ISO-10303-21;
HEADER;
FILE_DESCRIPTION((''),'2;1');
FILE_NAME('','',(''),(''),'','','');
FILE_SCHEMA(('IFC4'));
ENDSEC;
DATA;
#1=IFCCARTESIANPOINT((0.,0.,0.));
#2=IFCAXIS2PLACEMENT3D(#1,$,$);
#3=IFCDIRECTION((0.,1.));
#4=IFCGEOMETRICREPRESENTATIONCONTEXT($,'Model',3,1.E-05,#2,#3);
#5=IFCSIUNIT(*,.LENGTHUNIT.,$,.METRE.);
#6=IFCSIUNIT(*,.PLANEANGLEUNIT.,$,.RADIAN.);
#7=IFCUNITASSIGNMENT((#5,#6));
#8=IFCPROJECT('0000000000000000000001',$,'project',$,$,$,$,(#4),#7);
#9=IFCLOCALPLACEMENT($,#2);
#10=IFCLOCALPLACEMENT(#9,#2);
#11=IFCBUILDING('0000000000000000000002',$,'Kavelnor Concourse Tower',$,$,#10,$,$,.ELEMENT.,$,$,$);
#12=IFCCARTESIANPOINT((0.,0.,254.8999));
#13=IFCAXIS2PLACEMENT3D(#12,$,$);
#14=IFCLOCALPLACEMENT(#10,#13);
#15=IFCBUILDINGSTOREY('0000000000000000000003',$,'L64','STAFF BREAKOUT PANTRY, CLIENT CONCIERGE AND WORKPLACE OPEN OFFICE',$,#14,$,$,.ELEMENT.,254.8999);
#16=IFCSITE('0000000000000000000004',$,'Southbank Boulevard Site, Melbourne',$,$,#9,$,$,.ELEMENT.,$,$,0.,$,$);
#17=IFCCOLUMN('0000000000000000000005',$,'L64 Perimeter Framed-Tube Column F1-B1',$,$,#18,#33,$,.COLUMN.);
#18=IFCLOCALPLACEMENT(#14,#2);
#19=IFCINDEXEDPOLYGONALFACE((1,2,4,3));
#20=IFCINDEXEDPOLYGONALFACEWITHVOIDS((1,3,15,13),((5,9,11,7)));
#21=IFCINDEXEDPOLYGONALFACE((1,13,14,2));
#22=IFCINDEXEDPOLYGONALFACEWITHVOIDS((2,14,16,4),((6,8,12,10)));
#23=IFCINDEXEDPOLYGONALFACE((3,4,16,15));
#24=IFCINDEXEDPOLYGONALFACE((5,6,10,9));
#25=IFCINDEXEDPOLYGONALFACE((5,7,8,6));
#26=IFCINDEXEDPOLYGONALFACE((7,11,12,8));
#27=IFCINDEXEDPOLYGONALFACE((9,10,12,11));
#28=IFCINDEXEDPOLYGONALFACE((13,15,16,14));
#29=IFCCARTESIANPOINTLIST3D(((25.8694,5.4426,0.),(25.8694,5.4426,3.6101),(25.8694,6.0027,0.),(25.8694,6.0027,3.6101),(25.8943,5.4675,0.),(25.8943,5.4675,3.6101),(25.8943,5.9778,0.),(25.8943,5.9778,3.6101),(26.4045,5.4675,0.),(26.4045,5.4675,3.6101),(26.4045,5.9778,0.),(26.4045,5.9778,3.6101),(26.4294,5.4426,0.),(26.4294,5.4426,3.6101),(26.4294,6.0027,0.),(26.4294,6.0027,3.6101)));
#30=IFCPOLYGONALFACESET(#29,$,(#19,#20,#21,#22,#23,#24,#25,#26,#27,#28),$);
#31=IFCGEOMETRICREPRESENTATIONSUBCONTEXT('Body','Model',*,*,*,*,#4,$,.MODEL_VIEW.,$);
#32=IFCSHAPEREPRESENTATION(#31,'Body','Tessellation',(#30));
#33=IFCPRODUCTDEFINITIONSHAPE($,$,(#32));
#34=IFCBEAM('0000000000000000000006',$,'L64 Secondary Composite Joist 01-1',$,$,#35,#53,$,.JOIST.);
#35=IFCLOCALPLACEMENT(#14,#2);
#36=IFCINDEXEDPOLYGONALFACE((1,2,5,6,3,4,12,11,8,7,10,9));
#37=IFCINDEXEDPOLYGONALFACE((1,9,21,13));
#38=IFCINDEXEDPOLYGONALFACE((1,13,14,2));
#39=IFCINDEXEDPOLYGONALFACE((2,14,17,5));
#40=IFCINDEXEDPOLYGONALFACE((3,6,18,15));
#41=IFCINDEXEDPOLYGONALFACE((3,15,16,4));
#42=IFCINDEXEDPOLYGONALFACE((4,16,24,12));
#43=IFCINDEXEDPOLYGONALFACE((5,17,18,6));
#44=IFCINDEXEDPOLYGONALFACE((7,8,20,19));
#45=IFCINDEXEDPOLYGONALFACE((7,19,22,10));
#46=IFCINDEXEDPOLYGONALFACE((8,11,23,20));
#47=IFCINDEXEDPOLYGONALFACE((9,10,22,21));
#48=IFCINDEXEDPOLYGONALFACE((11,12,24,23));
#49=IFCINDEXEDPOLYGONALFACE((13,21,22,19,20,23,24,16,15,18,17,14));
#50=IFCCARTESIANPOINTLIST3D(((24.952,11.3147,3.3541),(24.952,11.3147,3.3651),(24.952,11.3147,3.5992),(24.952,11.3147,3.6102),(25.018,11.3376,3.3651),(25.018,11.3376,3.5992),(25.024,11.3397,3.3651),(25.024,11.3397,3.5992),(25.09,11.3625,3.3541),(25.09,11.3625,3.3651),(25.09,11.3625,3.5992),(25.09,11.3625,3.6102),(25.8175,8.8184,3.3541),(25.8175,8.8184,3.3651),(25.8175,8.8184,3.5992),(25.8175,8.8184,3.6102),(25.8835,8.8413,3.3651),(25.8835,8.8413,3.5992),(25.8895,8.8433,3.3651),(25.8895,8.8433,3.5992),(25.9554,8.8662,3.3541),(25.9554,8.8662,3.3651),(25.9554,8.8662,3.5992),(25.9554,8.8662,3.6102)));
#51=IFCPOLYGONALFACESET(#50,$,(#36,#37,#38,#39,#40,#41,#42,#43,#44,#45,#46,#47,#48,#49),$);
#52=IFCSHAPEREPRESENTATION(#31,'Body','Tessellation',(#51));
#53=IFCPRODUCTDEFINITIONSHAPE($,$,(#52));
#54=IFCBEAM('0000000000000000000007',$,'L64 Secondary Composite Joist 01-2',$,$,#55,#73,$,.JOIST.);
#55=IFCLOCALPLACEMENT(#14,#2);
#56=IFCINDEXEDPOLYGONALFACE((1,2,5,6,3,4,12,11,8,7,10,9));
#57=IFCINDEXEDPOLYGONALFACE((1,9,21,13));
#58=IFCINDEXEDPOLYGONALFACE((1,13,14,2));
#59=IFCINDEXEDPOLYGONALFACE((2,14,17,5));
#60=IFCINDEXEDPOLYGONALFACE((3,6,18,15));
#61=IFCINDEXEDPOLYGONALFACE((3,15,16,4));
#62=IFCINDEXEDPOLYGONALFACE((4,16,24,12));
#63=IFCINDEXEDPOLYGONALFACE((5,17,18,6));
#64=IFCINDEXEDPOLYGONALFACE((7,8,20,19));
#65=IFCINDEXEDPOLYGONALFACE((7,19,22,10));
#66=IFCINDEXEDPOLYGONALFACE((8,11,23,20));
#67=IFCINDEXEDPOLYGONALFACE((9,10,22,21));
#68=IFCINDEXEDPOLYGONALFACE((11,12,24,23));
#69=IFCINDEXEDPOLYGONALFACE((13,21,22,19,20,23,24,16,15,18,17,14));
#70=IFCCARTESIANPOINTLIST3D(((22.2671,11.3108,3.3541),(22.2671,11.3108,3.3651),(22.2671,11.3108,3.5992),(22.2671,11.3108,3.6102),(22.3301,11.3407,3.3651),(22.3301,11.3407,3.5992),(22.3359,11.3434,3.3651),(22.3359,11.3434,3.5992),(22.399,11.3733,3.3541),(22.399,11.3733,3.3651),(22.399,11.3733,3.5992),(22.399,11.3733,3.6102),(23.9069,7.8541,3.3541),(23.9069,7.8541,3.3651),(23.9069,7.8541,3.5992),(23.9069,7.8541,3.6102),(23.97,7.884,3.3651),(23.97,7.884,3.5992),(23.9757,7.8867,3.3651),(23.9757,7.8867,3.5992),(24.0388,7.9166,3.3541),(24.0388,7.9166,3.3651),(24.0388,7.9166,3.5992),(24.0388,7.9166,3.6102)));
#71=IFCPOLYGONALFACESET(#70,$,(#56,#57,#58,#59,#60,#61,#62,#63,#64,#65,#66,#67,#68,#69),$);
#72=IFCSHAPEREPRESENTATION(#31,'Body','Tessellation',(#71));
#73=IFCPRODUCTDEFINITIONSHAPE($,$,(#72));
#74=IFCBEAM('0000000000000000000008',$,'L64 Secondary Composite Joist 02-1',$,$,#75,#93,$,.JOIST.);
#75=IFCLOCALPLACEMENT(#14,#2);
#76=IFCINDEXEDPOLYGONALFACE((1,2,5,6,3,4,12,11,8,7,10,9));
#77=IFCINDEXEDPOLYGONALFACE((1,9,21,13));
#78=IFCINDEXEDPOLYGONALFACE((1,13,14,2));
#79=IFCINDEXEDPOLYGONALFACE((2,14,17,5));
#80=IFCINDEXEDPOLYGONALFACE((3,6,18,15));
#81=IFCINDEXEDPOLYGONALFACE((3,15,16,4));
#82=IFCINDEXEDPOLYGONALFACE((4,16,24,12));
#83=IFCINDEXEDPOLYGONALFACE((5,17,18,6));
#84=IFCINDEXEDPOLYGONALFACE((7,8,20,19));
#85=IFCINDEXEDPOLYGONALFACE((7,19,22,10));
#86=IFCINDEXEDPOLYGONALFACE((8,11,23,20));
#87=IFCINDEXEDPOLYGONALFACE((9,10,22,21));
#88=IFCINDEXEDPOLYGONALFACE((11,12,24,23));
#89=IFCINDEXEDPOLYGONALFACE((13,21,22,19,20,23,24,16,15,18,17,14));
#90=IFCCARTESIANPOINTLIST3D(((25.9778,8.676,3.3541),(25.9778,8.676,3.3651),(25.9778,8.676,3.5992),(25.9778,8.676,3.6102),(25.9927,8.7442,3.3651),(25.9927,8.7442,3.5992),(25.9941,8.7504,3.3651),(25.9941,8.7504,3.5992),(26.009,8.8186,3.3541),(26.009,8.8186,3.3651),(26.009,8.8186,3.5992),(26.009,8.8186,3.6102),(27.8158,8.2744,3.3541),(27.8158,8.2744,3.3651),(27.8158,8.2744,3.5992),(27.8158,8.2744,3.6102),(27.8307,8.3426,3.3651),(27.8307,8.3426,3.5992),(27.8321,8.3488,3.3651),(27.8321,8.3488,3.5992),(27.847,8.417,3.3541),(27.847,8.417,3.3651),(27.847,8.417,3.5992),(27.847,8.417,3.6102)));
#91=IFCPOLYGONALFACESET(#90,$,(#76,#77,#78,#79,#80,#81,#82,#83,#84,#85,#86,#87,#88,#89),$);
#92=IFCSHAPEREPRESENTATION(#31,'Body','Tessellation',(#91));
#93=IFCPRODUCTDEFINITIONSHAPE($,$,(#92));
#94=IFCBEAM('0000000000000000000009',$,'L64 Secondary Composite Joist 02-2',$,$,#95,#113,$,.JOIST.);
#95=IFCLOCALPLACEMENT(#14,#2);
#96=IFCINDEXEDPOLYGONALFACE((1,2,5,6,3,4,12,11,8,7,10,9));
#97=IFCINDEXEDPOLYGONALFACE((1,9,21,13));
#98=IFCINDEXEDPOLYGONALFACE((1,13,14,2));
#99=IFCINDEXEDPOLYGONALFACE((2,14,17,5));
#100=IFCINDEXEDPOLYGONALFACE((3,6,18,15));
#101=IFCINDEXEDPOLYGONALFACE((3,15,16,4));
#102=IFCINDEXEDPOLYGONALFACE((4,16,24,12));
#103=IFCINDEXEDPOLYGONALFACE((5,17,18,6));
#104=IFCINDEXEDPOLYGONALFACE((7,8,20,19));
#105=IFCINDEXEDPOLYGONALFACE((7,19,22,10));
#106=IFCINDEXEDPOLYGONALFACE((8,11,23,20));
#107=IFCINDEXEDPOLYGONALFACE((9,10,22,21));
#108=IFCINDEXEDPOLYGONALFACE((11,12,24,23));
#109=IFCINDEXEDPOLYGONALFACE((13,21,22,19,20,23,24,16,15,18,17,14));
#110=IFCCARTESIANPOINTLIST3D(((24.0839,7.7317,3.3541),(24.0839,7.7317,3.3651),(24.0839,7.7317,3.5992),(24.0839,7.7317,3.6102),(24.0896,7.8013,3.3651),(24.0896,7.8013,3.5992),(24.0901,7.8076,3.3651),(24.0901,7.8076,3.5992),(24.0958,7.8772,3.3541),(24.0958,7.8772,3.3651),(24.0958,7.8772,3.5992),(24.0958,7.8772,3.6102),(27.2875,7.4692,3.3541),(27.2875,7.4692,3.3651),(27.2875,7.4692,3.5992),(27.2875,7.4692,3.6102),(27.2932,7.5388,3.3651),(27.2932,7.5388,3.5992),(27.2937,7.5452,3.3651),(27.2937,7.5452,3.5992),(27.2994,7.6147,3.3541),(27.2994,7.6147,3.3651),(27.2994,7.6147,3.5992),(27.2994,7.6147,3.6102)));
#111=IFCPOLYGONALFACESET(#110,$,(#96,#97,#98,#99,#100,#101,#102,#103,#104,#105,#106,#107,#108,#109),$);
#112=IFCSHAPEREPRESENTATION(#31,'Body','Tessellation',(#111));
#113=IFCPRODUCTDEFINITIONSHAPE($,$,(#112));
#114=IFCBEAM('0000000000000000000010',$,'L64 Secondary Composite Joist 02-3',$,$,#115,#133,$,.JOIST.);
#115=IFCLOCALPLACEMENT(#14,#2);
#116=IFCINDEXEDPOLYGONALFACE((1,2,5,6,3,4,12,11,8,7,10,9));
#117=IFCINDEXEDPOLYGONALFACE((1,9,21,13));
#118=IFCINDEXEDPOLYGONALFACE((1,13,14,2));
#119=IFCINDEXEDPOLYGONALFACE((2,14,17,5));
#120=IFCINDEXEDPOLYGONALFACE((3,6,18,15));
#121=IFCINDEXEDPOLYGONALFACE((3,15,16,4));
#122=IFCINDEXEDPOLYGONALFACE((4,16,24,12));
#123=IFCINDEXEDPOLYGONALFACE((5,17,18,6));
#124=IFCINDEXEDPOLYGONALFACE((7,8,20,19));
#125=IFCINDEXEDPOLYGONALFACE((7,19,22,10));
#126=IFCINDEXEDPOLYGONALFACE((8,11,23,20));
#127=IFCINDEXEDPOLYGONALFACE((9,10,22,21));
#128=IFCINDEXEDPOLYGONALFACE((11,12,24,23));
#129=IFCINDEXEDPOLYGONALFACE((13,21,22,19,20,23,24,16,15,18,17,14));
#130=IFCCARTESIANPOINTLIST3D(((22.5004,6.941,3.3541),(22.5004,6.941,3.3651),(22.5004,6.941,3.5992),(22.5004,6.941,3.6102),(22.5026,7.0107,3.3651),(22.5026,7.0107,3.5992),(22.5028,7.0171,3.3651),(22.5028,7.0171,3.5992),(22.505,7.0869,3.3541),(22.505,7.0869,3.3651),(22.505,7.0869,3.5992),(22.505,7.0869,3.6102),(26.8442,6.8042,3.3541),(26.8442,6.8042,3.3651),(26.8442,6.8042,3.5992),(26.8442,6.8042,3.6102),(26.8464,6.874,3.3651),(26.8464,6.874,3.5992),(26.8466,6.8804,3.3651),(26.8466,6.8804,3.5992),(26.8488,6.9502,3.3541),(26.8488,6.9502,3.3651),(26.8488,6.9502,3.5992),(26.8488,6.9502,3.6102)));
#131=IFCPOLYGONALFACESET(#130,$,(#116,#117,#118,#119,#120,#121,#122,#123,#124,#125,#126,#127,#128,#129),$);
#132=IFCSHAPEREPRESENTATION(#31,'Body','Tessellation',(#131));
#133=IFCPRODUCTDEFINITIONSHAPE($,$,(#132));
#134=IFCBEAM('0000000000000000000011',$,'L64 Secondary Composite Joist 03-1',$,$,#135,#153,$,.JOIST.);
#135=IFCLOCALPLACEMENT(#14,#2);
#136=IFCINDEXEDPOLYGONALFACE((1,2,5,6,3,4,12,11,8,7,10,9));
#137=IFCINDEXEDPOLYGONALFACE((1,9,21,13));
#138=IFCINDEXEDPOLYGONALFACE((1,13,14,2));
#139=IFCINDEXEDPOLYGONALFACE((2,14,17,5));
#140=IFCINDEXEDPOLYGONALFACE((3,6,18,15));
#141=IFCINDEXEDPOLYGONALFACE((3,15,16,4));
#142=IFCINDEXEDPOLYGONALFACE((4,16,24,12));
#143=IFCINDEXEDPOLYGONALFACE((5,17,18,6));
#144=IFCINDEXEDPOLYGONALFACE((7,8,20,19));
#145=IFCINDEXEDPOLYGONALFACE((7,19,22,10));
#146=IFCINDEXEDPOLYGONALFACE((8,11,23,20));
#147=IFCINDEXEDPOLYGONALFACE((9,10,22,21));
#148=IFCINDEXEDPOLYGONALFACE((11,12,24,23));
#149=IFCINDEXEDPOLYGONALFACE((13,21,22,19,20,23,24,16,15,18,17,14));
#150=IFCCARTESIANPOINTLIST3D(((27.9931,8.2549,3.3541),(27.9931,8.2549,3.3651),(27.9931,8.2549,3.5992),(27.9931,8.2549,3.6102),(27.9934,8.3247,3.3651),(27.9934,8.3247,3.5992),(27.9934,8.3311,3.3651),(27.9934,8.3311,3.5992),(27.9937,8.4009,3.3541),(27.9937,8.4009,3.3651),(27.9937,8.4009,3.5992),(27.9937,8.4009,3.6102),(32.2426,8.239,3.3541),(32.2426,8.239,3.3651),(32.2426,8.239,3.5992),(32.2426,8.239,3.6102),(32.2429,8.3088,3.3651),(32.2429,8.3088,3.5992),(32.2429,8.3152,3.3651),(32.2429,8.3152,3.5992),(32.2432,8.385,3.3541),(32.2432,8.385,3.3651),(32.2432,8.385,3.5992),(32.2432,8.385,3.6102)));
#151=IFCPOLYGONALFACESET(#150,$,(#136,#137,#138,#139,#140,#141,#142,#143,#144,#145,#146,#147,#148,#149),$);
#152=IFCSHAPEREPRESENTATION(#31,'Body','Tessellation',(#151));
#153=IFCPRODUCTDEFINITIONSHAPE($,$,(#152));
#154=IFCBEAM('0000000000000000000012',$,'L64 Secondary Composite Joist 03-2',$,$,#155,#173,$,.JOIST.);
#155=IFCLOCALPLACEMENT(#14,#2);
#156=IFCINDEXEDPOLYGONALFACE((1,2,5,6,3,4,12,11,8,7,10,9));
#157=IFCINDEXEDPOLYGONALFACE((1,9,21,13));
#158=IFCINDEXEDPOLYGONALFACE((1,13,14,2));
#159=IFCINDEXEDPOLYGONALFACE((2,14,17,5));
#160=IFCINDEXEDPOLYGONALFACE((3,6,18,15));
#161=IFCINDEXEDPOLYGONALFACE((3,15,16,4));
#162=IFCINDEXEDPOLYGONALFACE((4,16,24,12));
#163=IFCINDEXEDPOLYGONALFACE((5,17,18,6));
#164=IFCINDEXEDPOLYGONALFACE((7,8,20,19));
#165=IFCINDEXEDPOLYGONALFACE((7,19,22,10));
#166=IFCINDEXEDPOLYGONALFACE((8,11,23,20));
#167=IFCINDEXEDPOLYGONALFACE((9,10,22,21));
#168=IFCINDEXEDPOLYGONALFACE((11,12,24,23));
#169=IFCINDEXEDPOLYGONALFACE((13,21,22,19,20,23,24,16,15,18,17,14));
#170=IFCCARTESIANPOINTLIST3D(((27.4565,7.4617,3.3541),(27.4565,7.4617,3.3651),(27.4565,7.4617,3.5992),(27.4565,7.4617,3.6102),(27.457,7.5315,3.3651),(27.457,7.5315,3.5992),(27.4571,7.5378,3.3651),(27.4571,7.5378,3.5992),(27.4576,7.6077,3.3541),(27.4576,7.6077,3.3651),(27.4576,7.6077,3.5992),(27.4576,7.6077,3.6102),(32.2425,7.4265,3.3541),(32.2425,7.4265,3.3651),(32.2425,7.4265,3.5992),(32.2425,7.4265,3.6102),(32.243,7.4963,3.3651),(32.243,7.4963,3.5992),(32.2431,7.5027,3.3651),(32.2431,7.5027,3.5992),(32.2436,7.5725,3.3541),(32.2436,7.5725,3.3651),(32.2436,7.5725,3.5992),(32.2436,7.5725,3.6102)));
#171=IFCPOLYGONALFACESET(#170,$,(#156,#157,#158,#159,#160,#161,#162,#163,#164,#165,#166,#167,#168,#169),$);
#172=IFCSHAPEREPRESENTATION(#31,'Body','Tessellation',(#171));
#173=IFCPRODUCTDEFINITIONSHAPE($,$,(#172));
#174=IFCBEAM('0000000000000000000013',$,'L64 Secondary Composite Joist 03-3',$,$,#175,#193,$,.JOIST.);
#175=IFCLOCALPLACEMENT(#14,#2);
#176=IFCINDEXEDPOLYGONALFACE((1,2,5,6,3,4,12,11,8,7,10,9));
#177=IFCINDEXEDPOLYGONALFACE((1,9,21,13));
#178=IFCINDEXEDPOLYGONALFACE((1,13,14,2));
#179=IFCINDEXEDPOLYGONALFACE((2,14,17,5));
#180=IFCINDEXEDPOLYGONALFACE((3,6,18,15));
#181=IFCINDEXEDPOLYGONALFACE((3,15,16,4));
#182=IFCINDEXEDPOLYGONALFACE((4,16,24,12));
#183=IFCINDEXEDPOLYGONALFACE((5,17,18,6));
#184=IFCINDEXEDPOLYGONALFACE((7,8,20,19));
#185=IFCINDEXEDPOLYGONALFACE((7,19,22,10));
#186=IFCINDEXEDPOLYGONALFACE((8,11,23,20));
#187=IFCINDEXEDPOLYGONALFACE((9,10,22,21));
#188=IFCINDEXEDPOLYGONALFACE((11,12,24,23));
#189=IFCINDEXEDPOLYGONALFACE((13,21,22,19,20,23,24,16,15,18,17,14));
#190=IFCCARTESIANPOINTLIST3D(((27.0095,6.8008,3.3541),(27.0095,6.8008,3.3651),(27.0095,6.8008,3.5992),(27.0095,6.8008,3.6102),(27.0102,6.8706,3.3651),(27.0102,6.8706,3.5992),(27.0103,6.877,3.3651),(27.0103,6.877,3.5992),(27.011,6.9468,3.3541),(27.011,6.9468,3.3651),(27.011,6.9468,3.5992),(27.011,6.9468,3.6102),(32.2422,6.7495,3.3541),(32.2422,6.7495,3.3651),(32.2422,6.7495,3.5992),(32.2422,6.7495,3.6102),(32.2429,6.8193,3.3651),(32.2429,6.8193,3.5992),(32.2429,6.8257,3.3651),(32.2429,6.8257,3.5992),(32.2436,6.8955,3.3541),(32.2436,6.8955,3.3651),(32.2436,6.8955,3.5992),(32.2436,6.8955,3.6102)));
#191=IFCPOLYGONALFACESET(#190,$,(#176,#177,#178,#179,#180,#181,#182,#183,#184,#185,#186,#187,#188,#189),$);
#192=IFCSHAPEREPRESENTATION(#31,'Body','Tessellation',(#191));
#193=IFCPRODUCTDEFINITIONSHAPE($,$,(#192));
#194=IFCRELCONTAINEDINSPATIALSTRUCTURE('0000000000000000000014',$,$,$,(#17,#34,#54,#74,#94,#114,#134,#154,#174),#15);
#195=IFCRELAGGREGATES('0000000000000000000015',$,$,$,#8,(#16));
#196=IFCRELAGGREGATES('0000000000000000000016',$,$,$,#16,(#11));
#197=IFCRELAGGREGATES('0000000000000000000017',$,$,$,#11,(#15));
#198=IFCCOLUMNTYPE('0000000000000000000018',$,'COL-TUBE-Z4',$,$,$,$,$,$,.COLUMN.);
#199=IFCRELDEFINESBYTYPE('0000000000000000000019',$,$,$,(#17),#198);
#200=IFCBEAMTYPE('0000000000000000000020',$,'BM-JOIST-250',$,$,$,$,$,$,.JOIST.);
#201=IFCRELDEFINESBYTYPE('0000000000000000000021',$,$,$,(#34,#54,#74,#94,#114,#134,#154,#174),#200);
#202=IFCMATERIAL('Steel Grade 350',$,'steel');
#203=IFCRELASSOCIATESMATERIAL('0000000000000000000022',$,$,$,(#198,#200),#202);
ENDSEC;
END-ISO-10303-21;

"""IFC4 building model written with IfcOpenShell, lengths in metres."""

from ifc_helpers import new_model, si_unit, direction, frame, origin, origin_2d, place, context, subcontext, project, spatial, hollow_rectangle, i_section, extrude, material, material_profile, profile_set, type_object, element, save


model = new_model("IFC4")

# Units and contexts
model_context = context("Model", 3, precision=1e-05, world=origin(), true_north=direction((0.0, 1.0)))
body_context = subcontext(model_context, "Body", "Model", "MODEL_VIEW")
ifc_project = project(units=[si_unit("LENGTHUNIT", "METRE"), si_unit("PLANEANGLEUNIT", "RADIAN")], contexts=[model_context])

# Site, building, storey
site_placement = place(None, origin())
site = spatial("IfcSite", under=ifc_project, at=site_placement, Name="Southbank Boulevard Site, Melbourne", CompositionType="ELEMENT", RefElevation=0.0)
building_placement = place(site_placement, origin())
building = spatial("IfcBuilding", under=site, at=building_placement, Name="Kavelnor Concourse Tower", CompositionType="ELEMENT")
storey_placement = place(building_placement, frame((0.0, 0.0, 254.8999)))
storey = spatial("IfcBuildingStorey", under=building, at=storey_placement, Name="L64", Description="STAFF BREAKOUT PANTRY, CLIENT CONCIERGE AND WORKPLACE OPEN OFFICE", CompositionType="ELEMENT", Elevation=254.8999)

# Column
ifc_material_1 = material(Name="Steel Grade 350", Category="steel")
ifc_material_profile_1 = material_profile(ifc_material_1, hollow_rectangle(XDim=0.5601, YDim=0.5601, WallThickness=0.0249, at=origin_2d()), Name="SHS 560x560x25")
ifc_profile_set_1 = profile_set([ifc_material_profile_1], Name="Steel Grade 350")
column_type = type_object("IfcColumnType", Name="COL-TUBE-Z4", PredefinedType="COLUMN", material=ifc_profile_set_1)
column_placement = place(storey_placement, frame((26.1494, 5.7227, 0.0), z_axis=(0.0, 0.0, 1.0), x_axis=(1.0, 0.0, 0.0)))
element("IfcColumn", 1, at=column_placement, inside=storey, type_object=column_type, Name="L64 Perimeter Framed-Tube Column F1-B1", PredefinedType="COLUMN", context=body_context, shape_type="SweptSolid", body=[
    extrude(hollow_rectangle(XDim=0.5601, YDim=0.5601, WallThickness=0.0249, at=origin_2d()), origin(), (0.0, 0.0, 1.0), 3.6101),
])

# Beams
ifc_material_profile_2 = material_profile(ifc_material_1, i_section(OverallWidth=0.146, OverallDepth=0.2561, WebThickness=0.0063, FlangeThickness=0.011, at=origin_2d()), Name="250UB37")
ifc_profile_set_2 = profile_set([ifc_material_profile_2], Name="Steel Grade 350")
beam_type_1 = type_object("IfcBeamType", Name="BM-JOIST-250", PredefinedType="JOIST", material=ifc_profile_set_2)
beam_1_placement = place(storey_placement, frame((25.021, 11.3386, 3.4822), z_axis=(0.327571, -0.944827, 0.0), x_axis=(0.944827, 0.327571, 0.0)))
element("IfcBeam", 2, at=beam_1_placement, inside=storey, type_object=beam_type_1, Name="L64 Secondary Composite Joist 01-1", PredefinedType="JOIST", context=body_context, shape_type="SweptSolid", body=[
    extrude(i_section(OverallWidth=0.146, OverallDepth=0.2561, WebThickness=0.0063, FlangeThickness=0.011, at=origin_2d()), origin(), (0.0, 0.0, 1.0), 2.6421),
])
beam_2_placement = place(storey_placement, frame((22.333, 11.342, 3.4822), z_axis=(0.428613, -0.903488, 0.0), x_axis=(0.903488, 0.428613, 0.0)))
element("IfcBeam", 3, at=beam_2_placement, inside=storey, type_object=beam_type_1, Name="L64 Secondary Composite Joist 01-2", PredefinedType="JOIST", context=body_context, shape_type="SweptSolid", body=[
    extrude(i_section(OverallWidth=0.146, OverallDepth=0.2561, WebThickness=0.0063, FlangeThickness=0.011, at=origin_2d()), origin(), (0.0, 0.0, 1.0), 3.8259),
])
beam_3_placement = place(storey_placement, frame((25.9934, 8.7473, 3.4822), z_axis=(0.976947, -0.21348, 0.0), x_axis=(0.21348, 0.976947, 0.0)))
element("IfcBeam", 4, at=beam_3_placement, inside=storey, type_object=beam_type_1, Name="L64 Secondary Composite Joist 02-1", PredefinedType="JOIST", context=body_context, shape_type="SweptSolid", body=[
    extrude(i_section(OverallWidth=0.146, OverallDepth=0.2561, WebThickness=0.0063, FlangeThickness=0.011, at=origin_2d()), origin(), (0.0, 0.0, 1.0), 1.8813),
])
beam_4_placement = place(storey_placement, frame((24.0898, 7.8044, 3.4822), z_axis=(0.996661, -0.08165, 0.0), x_axis=(0.08165, 0.996661, 0.0)))
element("IfcBeam", 5, at=beam_4_placement, inside=storey, type_object=beam_type_1, Name="L64 Secondary Composite Joist 02-2", PredefinedType="JOIST", context=body_context, shape_type="SweptSolid", body=[
    extrude(i_section(OverallWidth=0.146, OverallDepth=0.2561, WebThickness=0.0063, FlangeThickness=0.011, at=origin_2d()), origin(), (0.0, 0.0, 1.0), 3.2144),
])
beam_5_placement = place(storey_placement, frame((22.5027, 7.0139, 3.4822), z_axis=(0.999505, -0.031459, 0.0), x_axis=(0.031459, 0.999505, 0.0)))
element("IfcBeam", 6, at=beam_5_placement, inside=storey, type_object=beam_type_1, Name="L64 Secondary Composite Joist 02-3", PredefinedType="JOIST", context=body_context, shape_type="SweptSolid", body=[
    extrude(i_section(OverallWidth=0.146, OverallDepth=0.2561, WebThickness=0.0063, FlangeThickness=0.011, at=origin_2d()), origin(), (0.0, 0.0, 1.0), 4.3459),
])
beam_6_placement = place(storey_placement, frame((27.9934, 8.3279, 3.4822), z_axis=(0.999993, -0.003734, 0.0), x_axis=(0.003734, 0.999993, 0.0)))
element("IfcBeam", 7, at=beam_6_placement, inside=storey, type_object=beam_type_1, Name="L64 Secondary Composite Joist 03-1", PredefinedType="JOIST", context=body_context, shape_type="SweptSolid", body=[
    extrude(i_section(OverallWidth=0.146, OverallDepth=0.2561, WebThickness=0.0063, FlangeThickness=0.011, at=origin_2d()), origin(), (0.0, 0.0, 1.0), 4.2495),
])
beam_7_placement = place(storey_placement, frame((27.457, 7.5347, 3.4822), z_axis=(0.999973, -0.007346, 0.0), x_axis=(0.007346, 0.999973, 0.0)))
element("IfcBeam", 8, at=beam_7_placement, inside=storey, type_object=beam_type_1, Name="L64 Secondary Composite Joist 03-2", PredefinedType="JOIST", context=body_context, shape_type="SweptSolid", body=[
    extrude(i_section(OverallWidth=0.146, OverallDepth=0.2561, WebThickness=0.0063, FlangeThickness=0.011, at=origin_2d()), origin(), (0.0, 0.0, 1.0), 4.7861),
])
beam_8_placement = place(storey_placement, frame((27.0103, 6.8738, 3.4822), z_axis=(0.999952, -0.009798, 0.0), x_axis=(0.009798, 0.999952, 0.0)))
element("IfcBeam", 9, at=beam_8_placement, inside=storey, type_object=beam_type_1, Name="L64 Secondary Composite Joist 03-3", PredefinedType="JOIST", context=body_context, shape_type="SweptSolid", body=[
    extrude(i_section(OverallWidth=0.146, OverallDepth=0.2561, WebThickness=0.0063, FlangeThickness=0.011, at=origin_2d()), origin(), (0.0, 0.0, 1.0), 5.2329),
])

save(model, "model.ifc")
